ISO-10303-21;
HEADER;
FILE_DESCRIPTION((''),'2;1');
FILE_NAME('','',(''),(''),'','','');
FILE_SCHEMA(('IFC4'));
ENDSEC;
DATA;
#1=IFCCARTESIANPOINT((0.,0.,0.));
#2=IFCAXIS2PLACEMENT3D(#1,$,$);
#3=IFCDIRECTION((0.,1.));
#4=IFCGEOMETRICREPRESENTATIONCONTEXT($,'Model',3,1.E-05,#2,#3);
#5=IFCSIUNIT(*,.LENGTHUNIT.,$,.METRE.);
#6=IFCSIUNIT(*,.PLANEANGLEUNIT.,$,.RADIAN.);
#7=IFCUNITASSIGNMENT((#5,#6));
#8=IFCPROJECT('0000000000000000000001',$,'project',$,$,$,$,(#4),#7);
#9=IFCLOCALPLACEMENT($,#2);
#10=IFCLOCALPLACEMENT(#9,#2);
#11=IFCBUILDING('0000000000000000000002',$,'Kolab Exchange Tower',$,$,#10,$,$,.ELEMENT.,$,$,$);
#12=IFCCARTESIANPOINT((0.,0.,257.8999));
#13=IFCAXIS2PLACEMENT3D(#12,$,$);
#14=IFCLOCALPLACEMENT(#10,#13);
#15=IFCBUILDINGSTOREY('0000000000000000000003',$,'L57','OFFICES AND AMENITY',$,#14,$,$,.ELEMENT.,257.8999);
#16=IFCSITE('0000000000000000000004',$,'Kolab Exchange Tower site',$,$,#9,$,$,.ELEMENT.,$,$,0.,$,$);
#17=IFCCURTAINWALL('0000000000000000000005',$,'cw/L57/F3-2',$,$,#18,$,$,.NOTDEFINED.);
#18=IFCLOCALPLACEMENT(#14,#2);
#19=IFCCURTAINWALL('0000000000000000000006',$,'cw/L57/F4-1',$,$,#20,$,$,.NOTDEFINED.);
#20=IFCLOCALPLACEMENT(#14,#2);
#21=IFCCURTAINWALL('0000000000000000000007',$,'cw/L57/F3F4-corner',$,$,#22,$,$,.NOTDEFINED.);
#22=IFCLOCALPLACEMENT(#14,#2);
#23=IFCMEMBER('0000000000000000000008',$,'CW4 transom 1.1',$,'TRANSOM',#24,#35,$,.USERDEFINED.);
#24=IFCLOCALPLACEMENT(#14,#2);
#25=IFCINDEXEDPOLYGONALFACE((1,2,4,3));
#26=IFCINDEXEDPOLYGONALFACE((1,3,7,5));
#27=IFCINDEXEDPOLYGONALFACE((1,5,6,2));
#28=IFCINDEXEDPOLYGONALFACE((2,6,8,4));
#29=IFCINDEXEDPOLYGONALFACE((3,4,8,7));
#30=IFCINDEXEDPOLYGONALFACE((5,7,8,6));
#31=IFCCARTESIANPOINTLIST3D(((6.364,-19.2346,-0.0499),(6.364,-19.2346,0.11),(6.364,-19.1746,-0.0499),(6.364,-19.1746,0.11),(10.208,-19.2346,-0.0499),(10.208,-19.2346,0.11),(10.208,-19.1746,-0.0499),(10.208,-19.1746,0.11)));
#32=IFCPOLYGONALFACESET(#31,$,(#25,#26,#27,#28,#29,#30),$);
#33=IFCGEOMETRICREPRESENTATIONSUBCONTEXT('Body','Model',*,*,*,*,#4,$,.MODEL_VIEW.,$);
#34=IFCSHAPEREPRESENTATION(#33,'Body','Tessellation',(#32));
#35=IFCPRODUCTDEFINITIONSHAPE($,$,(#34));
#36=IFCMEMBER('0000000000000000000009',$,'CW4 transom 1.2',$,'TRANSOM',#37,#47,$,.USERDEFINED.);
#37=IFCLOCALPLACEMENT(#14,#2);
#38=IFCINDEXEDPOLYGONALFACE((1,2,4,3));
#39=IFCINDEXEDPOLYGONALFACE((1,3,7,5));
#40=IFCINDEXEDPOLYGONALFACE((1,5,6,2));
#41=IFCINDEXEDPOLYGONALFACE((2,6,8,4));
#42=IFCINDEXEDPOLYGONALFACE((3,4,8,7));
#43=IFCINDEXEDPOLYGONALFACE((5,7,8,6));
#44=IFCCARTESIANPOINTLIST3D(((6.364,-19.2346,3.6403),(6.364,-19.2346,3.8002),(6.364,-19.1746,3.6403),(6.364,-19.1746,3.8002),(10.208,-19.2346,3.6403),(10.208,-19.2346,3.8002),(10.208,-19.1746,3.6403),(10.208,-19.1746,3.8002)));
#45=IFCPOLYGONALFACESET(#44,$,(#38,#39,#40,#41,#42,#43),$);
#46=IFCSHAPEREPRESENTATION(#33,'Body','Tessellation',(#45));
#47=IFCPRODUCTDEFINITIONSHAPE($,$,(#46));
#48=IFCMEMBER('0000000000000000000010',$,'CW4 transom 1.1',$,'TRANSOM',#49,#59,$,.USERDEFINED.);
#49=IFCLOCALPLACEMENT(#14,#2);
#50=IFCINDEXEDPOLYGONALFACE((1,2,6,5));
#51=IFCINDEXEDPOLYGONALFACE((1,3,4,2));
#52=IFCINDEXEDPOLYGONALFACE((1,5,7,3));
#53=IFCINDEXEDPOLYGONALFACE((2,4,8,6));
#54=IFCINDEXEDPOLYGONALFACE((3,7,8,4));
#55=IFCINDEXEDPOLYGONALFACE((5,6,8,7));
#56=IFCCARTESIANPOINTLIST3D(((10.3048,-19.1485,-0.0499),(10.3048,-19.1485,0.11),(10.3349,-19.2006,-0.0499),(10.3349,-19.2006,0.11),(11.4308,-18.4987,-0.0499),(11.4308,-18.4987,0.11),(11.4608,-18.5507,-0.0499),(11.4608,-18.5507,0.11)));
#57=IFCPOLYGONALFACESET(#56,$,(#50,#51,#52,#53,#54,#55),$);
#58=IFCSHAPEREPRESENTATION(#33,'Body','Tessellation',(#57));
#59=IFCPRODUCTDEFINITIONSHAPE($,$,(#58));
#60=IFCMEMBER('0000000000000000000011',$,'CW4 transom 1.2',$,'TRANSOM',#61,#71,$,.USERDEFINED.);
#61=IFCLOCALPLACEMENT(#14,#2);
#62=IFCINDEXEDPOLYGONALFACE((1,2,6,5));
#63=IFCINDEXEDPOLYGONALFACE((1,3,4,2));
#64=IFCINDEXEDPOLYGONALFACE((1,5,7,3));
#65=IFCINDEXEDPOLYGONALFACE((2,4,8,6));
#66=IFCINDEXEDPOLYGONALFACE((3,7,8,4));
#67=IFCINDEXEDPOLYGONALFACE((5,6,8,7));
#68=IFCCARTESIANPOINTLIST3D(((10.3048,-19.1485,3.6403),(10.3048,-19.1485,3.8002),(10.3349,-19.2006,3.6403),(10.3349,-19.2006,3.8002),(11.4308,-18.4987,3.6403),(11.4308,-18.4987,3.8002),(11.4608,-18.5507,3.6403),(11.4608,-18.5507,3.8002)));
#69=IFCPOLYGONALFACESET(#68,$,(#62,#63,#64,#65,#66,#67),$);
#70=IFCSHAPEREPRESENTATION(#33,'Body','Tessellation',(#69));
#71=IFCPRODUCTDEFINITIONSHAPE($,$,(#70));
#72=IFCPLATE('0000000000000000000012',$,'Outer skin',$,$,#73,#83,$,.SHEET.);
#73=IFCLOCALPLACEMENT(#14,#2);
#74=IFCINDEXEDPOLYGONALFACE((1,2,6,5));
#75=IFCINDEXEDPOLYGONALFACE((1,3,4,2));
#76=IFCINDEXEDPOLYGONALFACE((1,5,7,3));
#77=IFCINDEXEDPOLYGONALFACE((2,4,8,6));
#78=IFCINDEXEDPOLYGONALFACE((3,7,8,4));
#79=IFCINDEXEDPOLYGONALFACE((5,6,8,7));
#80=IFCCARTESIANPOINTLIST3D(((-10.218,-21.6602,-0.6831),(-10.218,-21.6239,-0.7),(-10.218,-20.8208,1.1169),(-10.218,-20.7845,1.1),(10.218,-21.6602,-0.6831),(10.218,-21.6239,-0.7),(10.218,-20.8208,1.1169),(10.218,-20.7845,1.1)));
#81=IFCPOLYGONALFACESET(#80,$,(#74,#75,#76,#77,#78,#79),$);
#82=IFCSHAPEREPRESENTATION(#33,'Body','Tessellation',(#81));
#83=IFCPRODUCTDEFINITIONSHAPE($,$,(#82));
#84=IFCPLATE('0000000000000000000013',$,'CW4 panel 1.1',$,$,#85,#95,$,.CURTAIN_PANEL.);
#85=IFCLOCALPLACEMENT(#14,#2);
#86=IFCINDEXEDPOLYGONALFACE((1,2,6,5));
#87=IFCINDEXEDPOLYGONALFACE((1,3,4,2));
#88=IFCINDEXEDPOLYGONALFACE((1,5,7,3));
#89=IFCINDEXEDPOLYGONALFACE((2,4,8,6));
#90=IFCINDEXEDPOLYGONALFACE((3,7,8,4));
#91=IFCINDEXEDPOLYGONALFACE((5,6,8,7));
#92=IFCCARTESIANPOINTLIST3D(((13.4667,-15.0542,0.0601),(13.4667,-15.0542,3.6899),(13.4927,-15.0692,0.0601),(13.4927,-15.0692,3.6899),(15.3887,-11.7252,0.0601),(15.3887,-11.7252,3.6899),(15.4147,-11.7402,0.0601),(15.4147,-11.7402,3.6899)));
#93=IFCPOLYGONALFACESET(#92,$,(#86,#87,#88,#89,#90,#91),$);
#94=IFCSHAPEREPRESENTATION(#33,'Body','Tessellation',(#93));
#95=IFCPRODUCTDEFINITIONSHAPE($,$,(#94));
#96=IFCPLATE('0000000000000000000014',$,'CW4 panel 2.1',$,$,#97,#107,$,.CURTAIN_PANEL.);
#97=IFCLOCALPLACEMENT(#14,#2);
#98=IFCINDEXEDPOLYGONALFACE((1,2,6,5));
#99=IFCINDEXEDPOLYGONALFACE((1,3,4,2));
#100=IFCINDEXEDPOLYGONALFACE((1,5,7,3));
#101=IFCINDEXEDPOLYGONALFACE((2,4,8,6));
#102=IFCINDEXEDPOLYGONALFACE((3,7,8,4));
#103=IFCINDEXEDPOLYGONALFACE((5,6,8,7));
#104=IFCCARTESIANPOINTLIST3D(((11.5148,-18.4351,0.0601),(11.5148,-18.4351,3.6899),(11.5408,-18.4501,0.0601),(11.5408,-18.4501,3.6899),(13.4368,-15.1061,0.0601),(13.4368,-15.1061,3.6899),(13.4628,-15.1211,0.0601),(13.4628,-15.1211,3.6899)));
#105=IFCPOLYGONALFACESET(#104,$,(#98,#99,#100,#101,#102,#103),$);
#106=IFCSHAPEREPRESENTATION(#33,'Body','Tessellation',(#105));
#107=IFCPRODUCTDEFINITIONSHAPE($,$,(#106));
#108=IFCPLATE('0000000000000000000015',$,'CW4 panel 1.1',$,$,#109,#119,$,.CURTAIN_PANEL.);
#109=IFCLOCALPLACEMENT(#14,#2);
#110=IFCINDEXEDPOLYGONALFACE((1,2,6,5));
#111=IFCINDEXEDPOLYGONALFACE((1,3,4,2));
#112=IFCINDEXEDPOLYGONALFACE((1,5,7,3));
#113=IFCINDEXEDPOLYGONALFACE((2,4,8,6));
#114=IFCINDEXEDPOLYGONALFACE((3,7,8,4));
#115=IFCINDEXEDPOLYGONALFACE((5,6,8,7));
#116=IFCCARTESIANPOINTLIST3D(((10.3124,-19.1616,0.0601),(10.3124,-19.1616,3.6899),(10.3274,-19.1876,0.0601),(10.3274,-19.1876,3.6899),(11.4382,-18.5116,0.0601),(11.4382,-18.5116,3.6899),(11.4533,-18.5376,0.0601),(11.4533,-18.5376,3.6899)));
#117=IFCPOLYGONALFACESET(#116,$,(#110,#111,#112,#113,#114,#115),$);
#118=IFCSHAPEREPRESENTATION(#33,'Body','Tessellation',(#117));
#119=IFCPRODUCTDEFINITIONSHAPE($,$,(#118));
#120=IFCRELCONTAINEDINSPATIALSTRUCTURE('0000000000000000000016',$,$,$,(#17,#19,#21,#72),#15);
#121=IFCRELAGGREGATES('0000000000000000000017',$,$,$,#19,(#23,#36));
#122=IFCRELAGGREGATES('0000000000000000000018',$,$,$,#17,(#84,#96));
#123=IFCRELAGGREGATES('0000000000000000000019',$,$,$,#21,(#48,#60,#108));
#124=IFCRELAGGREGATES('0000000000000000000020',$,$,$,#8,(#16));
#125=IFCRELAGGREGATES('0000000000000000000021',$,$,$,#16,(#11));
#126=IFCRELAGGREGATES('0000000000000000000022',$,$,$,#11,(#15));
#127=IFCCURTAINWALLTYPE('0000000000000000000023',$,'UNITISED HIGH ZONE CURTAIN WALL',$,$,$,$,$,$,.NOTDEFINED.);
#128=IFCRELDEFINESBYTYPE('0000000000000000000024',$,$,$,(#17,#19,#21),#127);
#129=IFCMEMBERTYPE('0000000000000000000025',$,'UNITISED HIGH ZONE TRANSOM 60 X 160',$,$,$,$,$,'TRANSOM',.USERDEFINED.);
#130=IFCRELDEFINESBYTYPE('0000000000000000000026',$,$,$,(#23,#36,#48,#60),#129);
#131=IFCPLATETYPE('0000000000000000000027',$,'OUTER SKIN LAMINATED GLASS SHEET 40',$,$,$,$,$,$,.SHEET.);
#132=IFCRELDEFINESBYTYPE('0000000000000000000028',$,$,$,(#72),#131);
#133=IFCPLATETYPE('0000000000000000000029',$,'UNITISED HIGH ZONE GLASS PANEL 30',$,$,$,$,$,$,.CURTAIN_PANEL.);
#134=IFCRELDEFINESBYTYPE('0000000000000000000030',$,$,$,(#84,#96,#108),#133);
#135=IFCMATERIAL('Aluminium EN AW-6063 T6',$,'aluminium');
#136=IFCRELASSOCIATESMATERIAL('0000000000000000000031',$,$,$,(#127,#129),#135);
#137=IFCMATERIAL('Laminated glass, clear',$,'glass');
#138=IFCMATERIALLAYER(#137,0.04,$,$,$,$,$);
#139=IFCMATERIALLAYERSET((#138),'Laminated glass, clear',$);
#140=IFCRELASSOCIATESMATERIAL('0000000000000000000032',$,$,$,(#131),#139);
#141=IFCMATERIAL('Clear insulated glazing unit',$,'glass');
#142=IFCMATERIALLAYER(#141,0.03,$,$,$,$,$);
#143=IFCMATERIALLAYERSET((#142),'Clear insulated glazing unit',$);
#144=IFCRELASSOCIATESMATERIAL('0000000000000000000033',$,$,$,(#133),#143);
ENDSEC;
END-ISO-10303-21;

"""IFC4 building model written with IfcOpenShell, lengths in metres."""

from ifc_helpers import new_model, si_unit, direction, frame, origin, origin_2d, place, context, subcontext, project, spatial, polyline, rectangle, outline, extrude, material, layer, layer_set, material_profile, profile_set, type_object, element, aggregate, save


model = new_model("IFC4")

# Units and contexts
model_context = context("Model", 3, precision=1e-05, world=origin(), true_north=direction((0.0, 1.0)))
body_context = subcontext(model_context, "Body", "Model", "MODEL_VIEW")
ifc_project = project(units=[si_unit("LENGTHUNIT", "METRE"), si_unit("PLANEANGLEUNIT", "RADIAN")], contexts=[model_context])

# Site, building, storey
site_placement = place(None, origin())
site = spatial("IfcSite", under=ifc_project, at=site_placement, Name="Kolab Exchange Tower site", CompositionType="ELEMENT", RefElevation=0.0)
building_placement = place(site_placement, origin())
building = spatial("IfcBuilding", under=site, at=building_placement, Name="Kolab Exchange Tower", CompositionType="ELEMENT")
storey_placement = place(building_placement, frame((0.0, 0.0, 257.8999)))
storey = spatial("IfcBuildingStorey", under=building, at=storey_placement, Name="L57", Description="OFFICES AND AMENITY", CompositionType="ELEMENT", Elevation=257.8999)

# Curtain wall
ifc_material_1 = material(Name="Aluminium EN AW-6063 T6", Category="aluminium")
curtain_wall_type = type_object("IfcCurtainWallType", Name="UNITISED HIGH ZONE CURTAIN WALL", PredefinedType="NOTDEFINED", material=ifc_material_1)
curtain_wall_1_placement = place(storey_placement, origin())
curtain_wall_1 = element("IfcCurtainWall", 1, at=curtain_wall_1_placement, inside=storey, type_object=curtain_wall_type, Name="cw/L57/F3-2", PredefinedType="NOTDEFINED")

# Curtain wall
curtain_wall_2_placement = place(storey_placement, origin())
curtain_wall_2 = element("IfcCurtainWall", 2, at=curtain_wall_2_placement, inside=storey, type_object=curtain_wall_type, Name="cw/L57/F4-1", PredefinedType="NOTDEFINED")

# Curtain wall
curtain_wall_3_placement = place(storey_placement, origin())
curtain_wall_3 = element("IfcCurtainWall", 3, at=curtain_wall_3_placement, inside=storey, type_object=curtain_wall_type, Name="cw/L57/F3F4-corner", PredefinedType="NOTDEFINED")

# Members
ifc_material_profile_1 = material_profile(ifc_material_1, rectangle(XDim=0.0601, YDim=0.1599, at=origin_2d()), Name="RECT 60X160")
ifc_profile_set_1 = profile_set([ifc_material_profile_1], Name="Aluminium EN AW-6063 T6")
member_type_1 = type_object("IfcMemberType", Name="UNITISED HIGH ZONE TRANSOM 60 X 160", ElementType="TRANSOM", PredefinedType="USERDEFINED", material=ifc_profile_set_1)
member_1_placement = place(storey_placement, frame((10.208, -19.2046, 0.03), z_axis=(-1.0, 0.0, 0.0), x_axis=(0.0, -1.0, 0.0)))
member_1 = element("IfcMember", 4, at=member_1_placement, type_object=member_type_1, Name="CW4 transom 1.1", ObjectType="TRANSOM", PredefinedType="USERDEFINED", context=body_context, shape_type="SweptSolid", body=[
    extrude(rectangle(XDim=0.0601, YDim=0.1599, at=origin_2d()), origin(), (0.0, 0.0, 1.0), 3.844),
])
member_2_placement = place(storey_placement, frame((10.208, -19.2046, 3.7202), z_axis=(-1.0, 0.0, 0.0), x_axis=(0.0, -1.0, 0.0)))
member_2 = element("IfcMember", 5, at=member_2_placement, type_object=member_type_1, Name="CW4 transom 1.2", ObjectType="TRANSOM", PredefinedType="USERDEFINED", context=body_context, shape_type="SweptSolid", body=[
    extrude(rectangle(XDim=0.0601, YDim=0.1599, at=origin_2d()), origin(), (0.0, 0.0, 1.0), 3.844),
])
aggregate(curtain_wall_2, [member_1, member_2])
member_3_placement = place(storey_placement, frame((11.4458, -18.5247, 0.03), z_axis=(-0.866086, -0.499896, 0.0), x_axis=(0.499896, -0.866086, 0.0)))
member_3 = element("IfcMember", 6, at=member_3_placement, type_object=member_type_1, Name="CW4 transom 1.1", ObjectType="TRANSOM", PredefinedType="USERDEFINED", context=body_context, shape_type="SweptSolid", body=[
    extrude(rectangle(XDim=0.0601, YDim=0.1599, at=origin_2d()), origin(), (0.0, 0.0, 1.0), 1.3),
])
member_4_placement = place(storey_placement, frame((11.4458, -18.5247, 3.7202), z_axis=(-0.866086, -0.499896, 0.0), x_axis=(0.499896, -0.866086, 0.0)))
member_4 = element("IfcMember", 7, at=member_4_placement, type_object=member_type_1, Name="CW4 transom 1.2", ObjectType="TRANSOM", PredefinedType="USERDEFINED", context=body_context, shape_type="SweptSolid", body=[
    extrude(rectangle(XDim=0.0601, YDim=0.1599, at=origin_2d()), origin(), (0.0, 0.0, 1.0), 1.3),
])

# Plates
ifc_material_2 = material(Name="Laminated glass, clear", Category="glass")
ifc_layer_1 = layer(ifc_material_2, 0.04)
ifc_layer_set_1 = layer_set([ifc_layer_1], Name="Laminated glass, clear")
plate_type_1 = type_object("IfcPlateType", Name="OUTER SKIN LAMINATED GLASS SHEET 40", PredefinedType="SHEET", material=ifc_layer_set_1)
plate_1_placement = place(storey_placement, frame((10.218, -21.6602, -0.6831), z_axis=(0.0, -0.906312, 0.42261), x_axis=(-1.0, 0.0, 0.0)))
element("IfcPlate", 8, at=plate_1_placement, inside=storey, type_object=plate_type_1, Name="Outer skin", PredefinedType="SHEET", context=body_context, shape_type="SweptSolid", body=[
    extrude(outline(polyline([(0.0, 0.0), (20.436, 0.0), (20.436, -1.9861), (0.0, -1.9861), (0.0, 0.0)])), origin(), (0.0, 0.0, -1.0), 0.04),
])
ifc_material_3 = material(Name="Clear insulated glazing unit", Category="glass")
ifc_layer_2 = layer(ifc_material_3, 0.03)
ifc_layer_set_2 = layer_set([ifc_layer_2], Name="Clear insulated glazing unit")
plate_type_2 = type_object("IfcPlateType", Name="UNITISED HIGH ZONE GLASS PANEL 30", PredefinedType="CURTAIN_PANEL", material=ifc_layer_set_2)
plate_2_placement = place(storey_placement, frame((14.4407, -13.3972, 0.0601), z_axis=(0.0, 0.0, 1.0), x_axis=(-0.5, -0.866025, 0.0)))
plate_2 = element("IfcPlate", 9, at=plate_2_placement, type_object=plate_type_2, Name="CW4 panel 1.1", PredefinedType="CURTAIN_PANEL", context=body_context, shape_type="SweptSolid", body=[
    extrude(rectangle(XDim=3.844, YDim=0.03, at=origin_2d()), origin(), (0.0, 0.0, 1.0), 3.6299),
])
plate_3_placement = place(storey_placement, frame((12.4888, -16.7781, 0.0601), z_axis=(0.0, 0.0, 1.0), x_axis=(-0.5, -0.866025, 0.0)))
plate_3 = element("IfcPlate", 10, at=plate_3_placement, type_object=plate_type_2, Name="CW4 panel 2.1", PredefinedType="CURTAIN_PANEL", context=body_context, shape_type="SweptSolid", body=[
    extrude(rectangle(XDim=3.844, YDim=0.03, at=origin_2d()), origin(), (0.0, 0.0, 1.0), 3.6299),
])
aggregate(curtain_wall_1, [plate_2, plate_3])
plate_4_placement = place(storey_placement, frame((10.8828, -18.8496, 0.0601), z_axis=(0.0, 0.0, 1.0), x_axis=(-0.866025, -0.5, 0.0)))
plate_4 = element("IfcPlate", 11, at=plate_4_placement, type_object=plate_type_2, Name="CW4 panel 1.1", PredefinedType="CURTAIN_PANEL", context=body_context, shape_type="SweptSolid", body=[
    extrude(rectangle(XDim=1.3, YDim=0.03, at=origin_2d()), origin(), (0.0, 0.0, 1.0), 3.6299),
])
aggregate(curtain_wall_3, [member_3, member_4, plate_4])

save(model, "model.ifc")
